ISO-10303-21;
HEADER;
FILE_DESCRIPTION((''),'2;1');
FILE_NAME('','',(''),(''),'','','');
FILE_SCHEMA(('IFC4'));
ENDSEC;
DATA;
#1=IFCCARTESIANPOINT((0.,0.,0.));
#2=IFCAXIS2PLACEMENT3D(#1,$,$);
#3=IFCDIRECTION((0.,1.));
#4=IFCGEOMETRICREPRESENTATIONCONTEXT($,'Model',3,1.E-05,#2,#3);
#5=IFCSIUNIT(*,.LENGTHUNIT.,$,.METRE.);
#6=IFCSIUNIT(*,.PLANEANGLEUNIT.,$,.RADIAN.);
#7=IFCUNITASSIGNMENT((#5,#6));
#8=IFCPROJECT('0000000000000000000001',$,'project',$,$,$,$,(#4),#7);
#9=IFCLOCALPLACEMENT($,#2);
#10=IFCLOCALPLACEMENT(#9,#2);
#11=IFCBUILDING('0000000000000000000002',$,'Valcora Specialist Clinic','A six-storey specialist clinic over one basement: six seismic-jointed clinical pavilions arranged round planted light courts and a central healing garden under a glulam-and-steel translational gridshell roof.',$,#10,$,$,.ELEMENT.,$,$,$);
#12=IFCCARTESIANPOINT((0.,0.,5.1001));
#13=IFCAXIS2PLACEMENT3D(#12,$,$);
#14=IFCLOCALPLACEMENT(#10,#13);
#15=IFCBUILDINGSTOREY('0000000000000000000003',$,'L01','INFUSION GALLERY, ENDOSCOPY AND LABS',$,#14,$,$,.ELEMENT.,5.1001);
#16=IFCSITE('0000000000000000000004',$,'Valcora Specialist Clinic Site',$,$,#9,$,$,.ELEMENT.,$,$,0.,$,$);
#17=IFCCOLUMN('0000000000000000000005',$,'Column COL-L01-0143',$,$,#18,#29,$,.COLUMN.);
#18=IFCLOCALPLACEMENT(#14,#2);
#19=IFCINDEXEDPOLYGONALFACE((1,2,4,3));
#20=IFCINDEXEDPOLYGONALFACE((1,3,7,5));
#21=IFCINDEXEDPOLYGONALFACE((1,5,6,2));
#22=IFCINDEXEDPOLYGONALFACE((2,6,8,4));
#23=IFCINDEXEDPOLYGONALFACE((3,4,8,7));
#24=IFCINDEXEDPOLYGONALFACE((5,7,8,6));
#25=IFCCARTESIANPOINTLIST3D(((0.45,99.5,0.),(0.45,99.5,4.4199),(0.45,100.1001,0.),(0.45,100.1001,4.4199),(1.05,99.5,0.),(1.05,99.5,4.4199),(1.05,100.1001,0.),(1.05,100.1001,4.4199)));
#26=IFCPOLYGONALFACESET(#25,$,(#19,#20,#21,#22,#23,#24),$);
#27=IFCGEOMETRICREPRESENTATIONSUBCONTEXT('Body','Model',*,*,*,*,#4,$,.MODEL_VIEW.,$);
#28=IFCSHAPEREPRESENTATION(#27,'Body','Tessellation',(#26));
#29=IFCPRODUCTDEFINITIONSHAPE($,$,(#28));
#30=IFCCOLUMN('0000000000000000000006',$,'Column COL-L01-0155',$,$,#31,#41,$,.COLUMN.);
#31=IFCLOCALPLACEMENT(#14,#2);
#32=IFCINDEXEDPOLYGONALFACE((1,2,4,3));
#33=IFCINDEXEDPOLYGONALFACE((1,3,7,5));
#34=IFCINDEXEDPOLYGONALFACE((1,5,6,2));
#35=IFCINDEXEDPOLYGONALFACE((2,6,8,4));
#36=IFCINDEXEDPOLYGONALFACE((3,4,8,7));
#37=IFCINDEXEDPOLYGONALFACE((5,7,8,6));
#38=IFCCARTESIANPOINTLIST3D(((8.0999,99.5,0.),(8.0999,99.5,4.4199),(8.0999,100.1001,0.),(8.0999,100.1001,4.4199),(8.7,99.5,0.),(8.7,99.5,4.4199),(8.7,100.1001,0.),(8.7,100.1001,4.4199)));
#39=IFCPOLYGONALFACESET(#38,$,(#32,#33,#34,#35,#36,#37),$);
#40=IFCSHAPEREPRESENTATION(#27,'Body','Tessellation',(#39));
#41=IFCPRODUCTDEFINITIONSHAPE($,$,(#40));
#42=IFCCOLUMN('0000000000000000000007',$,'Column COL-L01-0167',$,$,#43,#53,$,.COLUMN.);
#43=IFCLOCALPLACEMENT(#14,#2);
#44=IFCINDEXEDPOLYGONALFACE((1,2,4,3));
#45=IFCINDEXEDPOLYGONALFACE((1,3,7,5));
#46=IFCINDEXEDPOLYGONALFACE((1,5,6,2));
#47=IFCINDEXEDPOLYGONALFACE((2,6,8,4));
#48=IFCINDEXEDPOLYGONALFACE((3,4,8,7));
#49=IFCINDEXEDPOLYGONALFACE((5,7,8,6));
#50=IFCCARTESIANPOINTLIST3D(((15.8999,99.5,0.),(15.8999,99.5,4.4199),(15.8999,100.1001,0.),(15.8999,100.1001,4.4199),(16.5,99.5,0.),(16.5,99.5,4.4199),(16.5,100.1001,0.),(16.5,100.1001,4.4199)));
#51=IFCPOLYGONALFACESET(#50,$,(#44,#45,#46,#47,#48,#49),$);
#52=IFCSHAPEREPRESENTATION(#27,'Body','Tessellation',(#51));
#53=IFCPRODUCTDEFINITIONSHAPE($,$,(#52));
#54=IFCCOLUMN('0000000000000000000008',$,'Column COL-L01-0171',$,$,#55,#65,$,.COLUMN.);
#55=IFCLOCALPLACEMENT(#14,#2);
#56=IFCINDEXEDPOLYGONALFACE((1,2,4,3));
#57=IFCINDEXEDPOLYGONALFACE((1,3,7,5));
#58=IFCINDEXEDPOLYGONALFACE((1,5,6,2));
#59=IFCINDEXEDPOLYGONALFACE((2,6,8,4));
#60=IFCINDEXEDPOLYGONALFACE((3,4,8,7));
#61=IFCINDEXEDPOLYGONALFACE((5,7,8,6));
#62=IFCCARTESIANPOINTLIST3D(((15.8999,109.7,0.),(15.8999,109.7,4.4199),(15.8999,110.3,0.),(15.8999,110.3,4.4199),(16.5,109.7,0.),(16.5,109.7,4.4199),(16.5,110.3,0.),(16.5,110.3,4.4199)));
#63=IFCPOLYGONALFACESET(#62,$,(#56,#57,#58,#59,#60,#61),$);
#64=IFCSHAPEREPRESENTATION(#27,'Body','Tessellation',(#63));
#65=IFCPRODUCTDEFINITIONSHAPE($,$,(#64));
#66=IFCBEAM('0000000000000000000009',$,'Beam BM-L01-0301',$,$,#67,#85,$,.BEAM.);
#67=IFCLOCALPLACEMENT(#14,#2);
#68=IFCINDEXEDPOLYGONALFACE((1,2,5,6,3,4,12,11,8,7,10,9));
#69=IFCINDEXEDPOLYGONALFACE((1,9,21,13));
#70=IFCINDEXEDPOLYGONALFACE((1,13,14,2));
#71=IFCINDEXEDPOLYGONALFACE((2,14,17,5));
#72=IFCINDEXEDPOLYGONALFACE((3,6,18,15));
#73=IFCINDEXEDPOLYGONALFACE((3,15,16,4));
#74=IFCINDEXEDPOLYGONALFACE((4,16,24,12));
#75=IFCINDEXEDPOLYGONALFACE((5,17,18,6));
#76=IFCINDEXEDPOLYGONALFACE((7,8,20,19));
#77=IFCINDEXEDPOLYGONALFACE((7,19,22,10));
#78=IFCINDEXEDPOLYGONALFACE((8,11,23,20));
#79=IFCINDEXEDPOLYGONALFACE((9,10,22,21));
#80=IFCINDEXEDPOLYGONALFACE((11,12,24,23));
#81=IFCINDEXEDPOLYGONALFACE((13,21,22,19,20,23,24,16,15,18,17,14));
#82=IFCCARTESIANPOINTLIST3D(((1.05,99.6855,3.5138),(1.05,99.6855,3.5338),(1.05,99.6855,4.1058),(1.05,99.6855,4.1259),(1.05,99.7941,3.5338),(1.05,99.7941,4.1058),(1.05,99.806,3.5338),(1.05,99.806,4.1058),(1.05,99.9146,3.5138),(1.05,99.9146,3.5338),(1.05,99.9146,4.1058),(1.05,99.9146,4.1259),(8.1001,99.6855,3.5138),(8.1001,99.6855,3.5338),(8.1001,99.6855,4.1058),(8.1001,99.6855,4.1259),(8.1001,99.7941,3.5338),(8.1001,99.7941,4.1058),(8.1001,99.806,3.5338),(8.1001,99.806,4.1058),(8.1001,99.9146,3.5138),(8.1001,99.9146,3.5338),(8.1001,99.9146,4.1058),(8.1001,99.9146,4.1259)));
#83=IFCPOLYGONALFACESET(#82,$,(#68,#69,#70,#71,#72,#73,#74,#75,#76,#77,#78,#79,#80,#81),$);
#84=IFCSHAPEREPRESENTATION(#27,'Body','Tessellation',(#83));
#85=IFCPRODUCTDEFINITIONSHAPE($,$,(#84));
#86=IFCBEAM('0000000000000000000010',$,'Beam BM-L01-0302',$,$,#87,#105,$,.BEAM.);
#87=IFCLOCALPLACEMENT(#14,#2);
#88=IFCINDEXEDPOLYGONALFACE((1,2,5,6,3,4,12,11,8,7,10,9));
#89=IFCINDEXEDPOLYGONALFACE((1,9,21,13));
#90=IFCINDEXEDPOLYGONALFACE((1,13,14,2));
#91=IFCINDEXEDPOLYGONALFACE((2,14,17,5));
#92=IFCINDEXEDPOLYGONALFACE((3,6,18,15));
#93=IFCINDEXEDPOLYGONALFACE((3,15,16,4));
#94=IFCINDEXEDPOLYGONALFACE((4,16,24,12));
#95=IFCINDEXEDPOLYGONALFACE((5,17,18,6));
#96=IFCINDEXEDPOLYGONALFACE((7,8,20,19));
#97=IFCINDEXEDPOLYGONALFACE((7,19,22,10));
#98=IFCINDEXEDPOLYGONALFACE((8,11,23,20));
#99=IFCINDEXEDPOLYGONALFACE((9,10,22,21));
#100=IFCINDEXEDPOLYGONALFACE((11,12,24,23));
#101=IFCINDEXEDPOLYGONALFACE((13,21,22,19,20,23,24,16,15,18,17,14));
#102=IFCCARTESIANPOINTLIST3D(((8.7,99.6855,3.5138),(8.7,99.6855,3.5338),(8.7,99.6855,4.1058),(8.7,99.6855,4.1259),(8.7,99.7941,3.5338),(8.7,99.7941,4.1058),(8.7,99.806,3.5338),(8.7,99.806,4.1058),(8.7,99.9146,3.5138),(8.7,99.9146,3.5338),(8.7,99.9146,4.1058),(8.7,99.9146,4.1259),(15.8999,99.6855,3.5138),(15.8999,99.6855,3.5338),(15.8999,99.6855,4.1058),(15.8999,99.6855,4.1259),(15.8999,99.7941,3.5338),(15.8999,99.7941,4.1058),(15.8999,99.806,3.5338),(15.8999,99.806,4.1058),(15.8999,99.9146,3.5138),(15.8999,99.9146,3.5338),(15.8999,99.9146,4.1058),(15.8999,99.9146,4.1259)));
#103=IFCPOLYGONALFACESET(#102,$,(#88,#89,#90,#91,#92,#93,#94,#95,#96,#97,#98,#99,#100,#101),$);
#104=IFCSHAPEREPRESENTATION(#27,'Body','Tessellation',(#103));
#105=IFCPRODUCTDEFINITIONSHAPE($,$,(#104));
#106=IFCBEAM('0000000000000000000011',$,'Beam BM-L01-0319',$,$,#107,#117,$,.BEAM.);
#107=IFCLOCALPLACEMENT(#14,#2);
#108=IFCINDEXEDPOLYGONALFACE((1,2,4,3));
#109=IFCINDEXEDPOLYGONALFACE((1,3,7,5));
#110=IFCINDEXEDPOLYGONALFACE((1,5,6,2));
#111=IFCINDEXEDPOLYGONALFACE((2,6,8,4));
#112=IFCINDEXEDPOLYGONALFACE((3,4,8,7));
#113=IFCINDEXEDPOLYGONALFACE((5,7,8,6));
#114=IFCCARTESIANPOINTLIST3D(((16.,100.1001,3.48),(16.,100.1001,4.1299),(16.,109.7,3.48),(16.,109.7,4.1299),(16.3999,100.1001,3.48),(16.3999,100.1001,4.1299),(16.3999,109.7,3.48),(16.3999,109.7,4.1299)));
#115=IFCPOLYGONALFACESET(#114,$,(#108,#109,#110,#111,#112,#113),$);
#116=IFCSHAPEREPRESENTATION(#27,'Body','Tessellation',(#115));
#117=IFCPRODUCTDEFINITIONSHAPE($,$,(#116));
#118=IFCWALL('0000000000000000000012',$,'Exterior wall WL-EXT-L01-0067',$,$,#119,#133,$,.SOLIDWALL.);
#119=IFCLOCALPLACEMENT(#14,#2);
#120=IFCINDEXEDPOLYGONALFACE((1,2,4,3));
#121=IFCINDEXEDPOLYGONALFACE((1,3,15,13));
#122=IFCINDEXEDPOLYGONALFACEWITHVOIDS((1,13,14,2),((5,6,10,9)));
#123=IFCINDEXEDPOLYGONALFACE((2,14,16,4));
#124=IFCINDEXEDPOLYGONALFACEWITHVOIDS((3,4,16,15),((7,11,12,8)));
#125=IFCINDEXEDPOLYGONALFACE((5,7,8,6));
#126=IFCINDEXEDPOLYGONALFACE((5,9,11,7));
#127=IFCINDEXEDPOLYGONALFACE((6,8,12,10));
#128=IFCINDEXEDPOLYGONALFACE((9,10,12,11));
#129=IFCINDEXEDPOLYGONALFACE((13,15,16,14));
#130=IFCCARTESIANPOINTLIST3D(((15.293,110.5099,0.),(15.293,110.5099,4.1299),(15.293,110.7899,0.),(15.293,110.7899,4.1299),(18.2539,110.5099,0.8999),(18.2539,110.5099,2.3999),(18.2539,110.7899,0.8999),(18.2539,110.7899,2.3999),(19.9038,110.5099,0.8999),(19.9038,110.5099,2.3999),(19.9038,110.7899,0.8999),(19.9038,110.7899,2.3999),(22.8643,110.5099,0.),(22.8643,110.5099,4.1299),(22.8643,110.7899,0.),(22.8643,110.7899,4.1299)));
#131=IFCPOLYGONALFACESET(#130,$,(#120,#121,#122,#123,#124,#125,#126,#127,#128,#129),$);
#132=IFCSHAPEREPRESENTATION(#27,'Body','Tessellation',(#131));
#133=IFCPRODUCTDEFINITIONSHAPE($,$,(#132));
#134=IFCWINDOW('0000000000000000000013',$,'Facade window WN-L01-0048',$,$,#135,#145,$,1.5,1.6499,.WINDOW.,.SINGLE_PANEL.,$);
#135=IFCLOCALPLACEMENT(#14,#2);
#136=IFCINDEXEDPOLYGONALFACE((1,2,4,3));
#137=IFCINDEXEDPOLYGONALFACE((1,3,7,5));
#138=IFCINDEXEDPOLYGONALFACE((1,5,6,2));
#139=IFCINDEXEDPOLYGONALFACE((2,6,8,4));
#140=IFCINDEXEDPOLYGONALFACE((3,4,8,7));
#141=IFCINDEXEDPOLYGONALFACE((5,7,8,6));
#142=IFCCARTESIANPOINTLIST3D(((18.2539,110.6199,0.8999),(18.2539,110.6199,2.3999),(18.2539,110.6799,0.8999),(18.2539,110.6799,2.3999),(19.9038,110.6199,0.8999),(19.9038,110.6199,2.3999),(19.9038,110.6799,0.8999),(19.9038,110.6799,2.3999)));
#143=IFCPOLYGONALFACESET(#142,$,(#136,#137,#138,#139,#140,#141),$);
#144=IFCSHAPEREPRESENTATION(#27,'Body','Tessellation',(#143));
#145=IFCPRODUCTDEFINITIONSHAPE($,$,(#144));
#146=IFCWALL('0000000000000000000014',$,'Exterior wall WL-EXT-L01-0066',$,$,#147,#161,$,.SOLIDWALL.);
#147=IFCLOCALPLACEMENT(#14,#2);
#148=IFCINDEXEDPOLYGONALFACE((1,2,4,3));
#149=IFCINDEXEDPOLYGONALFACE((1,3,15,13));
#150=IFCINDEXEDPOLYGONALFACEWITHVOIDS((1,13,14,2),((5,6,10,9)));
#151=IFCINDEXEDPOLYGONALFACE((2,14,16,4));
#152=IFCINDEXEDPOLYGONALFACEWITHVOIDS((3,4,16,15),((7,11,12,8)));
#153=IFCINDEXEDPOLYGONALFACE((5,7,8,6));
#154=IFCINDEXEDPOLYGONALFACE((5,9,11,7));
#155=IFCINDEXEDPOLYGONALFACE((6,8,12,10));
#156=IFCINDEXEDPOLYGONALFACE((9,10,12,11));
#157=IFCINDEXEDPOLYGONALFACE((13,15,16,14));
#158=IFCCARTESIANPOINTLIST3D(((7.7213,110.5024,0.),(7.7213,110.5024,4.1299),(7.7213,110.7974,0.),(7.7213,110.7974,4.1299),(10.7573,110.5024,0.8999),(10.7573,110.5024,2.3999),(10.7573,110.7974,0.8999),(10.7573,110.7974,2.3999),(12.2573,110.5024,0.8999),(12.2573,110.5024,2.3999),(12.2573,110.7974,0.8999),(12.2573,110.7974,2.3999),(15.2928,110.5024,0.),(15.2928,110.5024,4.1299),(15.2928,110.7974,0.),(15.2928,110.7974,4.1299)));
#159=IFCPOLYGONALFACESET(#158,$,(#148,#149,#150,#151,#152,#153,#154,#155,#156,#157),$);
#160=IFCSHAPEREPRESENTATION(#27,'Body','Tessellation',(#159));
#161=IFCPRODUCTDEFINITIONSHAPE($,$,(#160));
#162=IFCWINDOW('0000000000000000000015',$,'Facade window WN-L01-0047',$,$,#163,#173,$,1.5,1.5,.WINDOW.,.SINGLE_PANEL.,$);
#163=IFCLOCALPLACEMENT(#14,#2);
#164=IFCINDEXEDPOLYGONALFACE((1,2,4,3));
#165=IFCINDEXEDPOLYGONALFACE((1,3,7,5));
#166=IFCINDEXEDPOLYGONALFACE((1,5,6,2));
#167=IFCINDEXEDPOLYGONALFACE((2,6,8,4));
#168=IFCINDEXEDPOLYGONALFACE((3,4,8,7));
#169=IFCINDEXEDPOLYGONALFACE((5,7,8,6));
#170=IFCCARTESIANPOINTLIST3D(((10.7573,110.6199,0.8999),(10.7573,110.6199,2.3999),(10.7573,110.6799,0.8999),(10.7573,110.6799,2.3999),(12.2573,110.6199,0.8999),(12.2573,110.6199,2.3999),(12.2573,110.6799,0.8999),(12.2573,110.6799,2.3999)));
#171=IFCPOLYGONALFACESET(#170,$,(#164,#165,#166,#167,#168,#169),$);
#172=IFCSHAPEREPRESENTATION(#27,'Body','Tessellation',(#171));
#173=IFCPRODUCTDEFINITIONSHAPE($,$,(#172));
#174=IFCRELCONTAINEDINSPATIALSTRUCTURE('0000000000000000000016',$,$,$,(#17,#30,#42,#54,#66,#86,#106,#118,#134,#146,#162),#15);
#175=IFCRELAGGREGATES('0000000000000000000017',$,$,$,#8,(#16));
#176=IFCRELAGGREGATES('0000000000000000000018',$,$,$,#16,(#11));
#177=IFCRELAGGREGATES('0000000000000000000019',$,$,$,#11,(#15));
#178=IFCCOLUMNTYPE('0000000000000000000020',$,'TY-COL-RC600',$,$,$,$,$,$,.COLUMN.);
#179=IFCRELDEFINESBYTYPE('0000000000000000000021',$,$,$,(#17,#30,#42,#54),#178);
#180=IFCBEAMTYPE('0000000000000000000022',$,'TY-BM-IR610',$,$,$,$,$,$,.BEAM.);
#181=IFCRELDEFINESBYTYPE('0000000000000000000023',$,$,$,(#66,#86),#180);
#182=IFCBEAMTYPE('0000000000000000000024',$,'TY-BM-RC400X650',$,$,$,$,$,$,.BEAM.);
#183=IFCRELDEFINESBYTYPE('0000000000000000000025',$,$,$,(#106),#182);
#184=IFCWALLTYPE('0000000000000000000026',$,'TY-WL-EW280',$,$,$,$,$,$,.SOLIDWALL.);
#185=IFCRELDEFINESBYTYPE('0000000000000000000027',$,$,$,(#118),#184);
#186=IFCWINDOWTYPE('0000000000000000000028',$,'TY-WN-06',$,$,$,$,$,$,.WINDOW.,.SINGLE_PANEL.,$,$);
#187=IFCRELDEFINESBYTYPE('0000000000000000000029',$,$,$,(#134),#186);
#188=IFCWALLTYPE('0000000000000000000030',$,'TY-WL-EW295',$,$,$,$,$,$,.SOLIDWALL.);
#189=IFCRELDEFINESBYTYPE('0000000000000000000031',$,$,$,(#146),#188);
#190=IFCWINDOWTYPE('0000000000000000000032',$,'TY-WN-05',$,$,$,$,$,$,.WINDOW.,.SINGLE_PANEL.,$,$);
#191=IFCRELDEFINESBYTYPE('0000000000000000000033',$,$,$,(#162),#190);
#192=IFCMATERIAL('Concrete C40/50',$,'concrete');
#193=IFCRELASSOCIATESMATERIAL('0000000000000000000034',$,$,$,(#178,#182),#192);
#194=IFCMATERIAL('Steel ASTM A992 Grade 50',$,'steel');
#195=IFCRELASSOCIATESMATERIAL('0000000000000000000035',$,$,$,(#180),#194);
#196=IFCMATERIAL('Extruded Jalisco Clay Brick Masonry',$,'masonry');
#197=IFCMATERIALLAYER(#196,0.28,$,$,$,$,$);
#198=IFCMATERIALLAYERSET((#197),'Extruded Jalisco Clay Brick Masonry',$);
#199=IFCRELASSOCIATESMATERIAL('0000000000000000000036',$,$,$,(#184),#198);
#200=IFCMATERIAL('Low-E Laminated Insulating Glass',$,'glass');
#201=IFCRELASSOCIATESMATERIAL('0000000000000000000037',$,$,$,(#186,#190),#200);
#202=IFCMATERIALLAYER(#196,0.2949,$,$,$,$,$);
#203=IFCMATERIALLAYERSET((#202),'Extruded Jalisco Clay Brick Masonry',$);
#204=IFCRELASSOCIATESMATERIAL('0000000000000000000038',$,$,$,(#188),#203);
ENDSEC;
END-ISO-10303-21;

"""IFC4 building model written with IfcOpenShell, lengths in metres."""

from ifc_helpers import new_model, si_unit, direction, frame, frame_2d, origin, origin_2d, place, context, subcontext, project, spatial, rectangle, i_section, extrude, material, layer, layer_set, material_profile, profile_set, type_object, element, fill, save


model = new_model("IFC4")

# Units and contexts
model_context = context("Model", 3, precision=1e-05, world=origin(), true_north=direction((0.0, 1.0)))
body_context = subcontext(model_context, "Body", "Model", "MODEL_VIEW")
ifc_project = project(units=[si_unit("LENGTHUNIT", "METRE"), si_unit("PLANEANGLEUNIT", "RADIAN")], contexts=[model_context])

# Site, building, storey
site_placement = place(None, origin())
site = spatial("IfcSite", under=ifc_project, at=site_placement, Name="Valcora Specialist Clinic Site", CompositionType="ELEMENT", RefElevation=0.0)
building_placement = place(site_placement, origin())
building = spatial("IfcBuilding", under=site, at=building_placement, Name="Valcora Specialist Clinic", Description="A six-storey specialist clinic over one basement: six seismic-jointed clinical pavilions arranged round planted light courts and a central healing garden under a glulam-and-steel translational gridshell roof.", CompositionType="ELEMENT")
storey_placement = place(building_placement, frame((0.0, 0.0, 5.1001)))
storey = spatial("IfcBuildingStorey", under=building, at=storey_placement, Name="L01", Description="INFUSION GALLERY, ENDOSCOPY AND LABS", CompositionType="ELEMENT", Elevation=5.1001)

# Columns
ifc_material_1 = material(Name="Concrete C40/50", Category="concrete")
ifc_material_profile_1 = material_profile(ifc_material_1, rectangle(XDim=0.6001, YDim=0.6001, at=origin_2d()), Name="RC-COL-600X600")
ifc_profile_set_1 = profile_set([ifc_material_profile_1], Name="Concrete C40/50")
column_type = type_object("IfcColumnType", Name="TY-COL-RC600", PredefinedType="COLUMN", material=ifc_profile_set_1)
for number, where, z_axis, x_axis, name in (
    (1, (0.75, 99.8, 0.0), (0.0, 0.0, 1.0), (1.0, 0.0, 0.0), "Column COL-L01-0143"),
    (2, (8.3999, 99.8, 0.0), (0.0, 0.0, 1.0), (1.0, 0.0, 0.0), "Column COL-L01-0155"),
    (3, (16.2, 99.8, 0.0), (0.0, 0.0, 1.0), (1.0, 0.0, 0.0), "Column COL-L01-0167"),
    (4, (16.2, 110.0, 0.0), (0.0, 0.0, 1.0), (1.0, 0.0, 0.0), "Column COL-L01-0171"),
):
    element("IfcColumn", number, at=place(storey_placement, frame(where, z_axis=z_axis, x_axis=x_axis)), inside=storey, type_object=column_type, Name=name, PredefinedType="COLUMN", context=body_context, shape_type="SweptSolid", body=[
        extrude(rectangle(XDim=0.6001, YDim=0.6001, at=origin_2d()), origin(), (0.0, 0.0, 1.0), 4.4199),
    ])

# Beams
ifc_material_2 = material(Name="Steel ASTM A992 Grade 50", Category="steel")
ifc_material_profile_2 = material_profile(ifc_material_2, i_section(OverallWidth=0.229, OverallDepth=0.6121, WebThickness=0.012, FlangeThickness=0.02, at=origin_2d()), Name="ST-IR-610X229")
ifc_profile_set_2 = profile_set([ifc_material_profile_2], Name="Steel ASTM A992 Grade 50")
beam_type_1 = type_object("IfcBeamType", Name="TY-BM-IR610", PredefinedType="BEAM", material=ifc_profile_set_2)
beam_1_placement = place(storey_placement, frame((1.05, 99.8, 3.8198), z_axis=(1.0, 0.0, 0.0), x_axis=(0.0, 1.0, 0.0)))
element("IfcBeam", 5, at=beam_1_placement, inside=storey, type_object=beam_type_1, Name="Beam BM-L01-0301", PredefinedType="BEAM", context=body_context, shape_type="SweptSolid", body=[
    extrude(i_section(OverallWidth=0.229, OverallDepth=0.6121, WebThickness=0.012, FlangeThickness=0.02, at=origin_2d()), origin(), (0.0, 0.0, 1.0), 7.05),
])
beam_2_placement = place(storey_placement, frame((8.7, 99.8, 3.8198), z_axis=(1.0, 0.0, 0.0), x_axis=(0.0, 1.0, 0.0)))
element("IfcBeam", 6, at=beam_2_placement, inside=storey, type_object=beam_type_1, Name="Beam BM-L01-0302", PredefinedType="BEAM", context=body_context, shape_type="SweptSolid", body=[
    extrude(i_section(OverallWidth=0.229, OverallDepth=0.6121, WebThickness=0.012, FlangeThickness=0.02, at=origin_2d()), origin(), (0.0, 0.0, 1.0), 7.2),
])
ifc_material_profile_3 = material_profile(ifc_material_1, rectangle(XDim=0.3999, YDim=0.6499, at=origin_2d()), Name="RC-BM-400X650")
ifc_profile_set_3 = profile_set([ifc_material_profile_3], Name="Concrete C40/50")
beam_type_2 = type_object("IfcBeamType", Name="TY-BM-RC400X650", PredefinedType="BEAM", material=ifc_profile_set_3)
beam_3_placement = place(storey_placement, frame((16.2, 100.1001, 3.8049), z_axis=(0.0, 1.0, 0.0), x_axis=(-1.0, 0.0, 0.0)))
element("IfcBeam", 7, at=beam_3_placement, inside=storey, type_object=beam_type_2, Name="Beam BM-L01-0319", PredefinedType="BEAM", context=body_context, shape_type="SweptSolid", body=[
    extrude(rectangle(XDim=0.3999, YDim=0.6499, at=origin_2d()), origin(), (0.0, 0.0, 1.0), 9.5999),
])

# Walls, openings, windows
ifc_material_3 = material(Name="Extruded Jalisco Clay Brick Masonry", Category="masonry")
ifc_layer_1 = layer(ifc_material_3, 0.28)
ifc_layer_set_1 = layer_set([ifc_layer_1], Name="Extruded Jalisco Clay Brick Masonry")
wall_type_1 = type_object("IfcWallType", Name="TY-WL-EW280", PredefinedType="SOLIDWALL", material=ifc_layer_set_1)
wall_1_placement = place(storey_placement, frame((15.293, 110.6499, 0.0), z_axis=(0.0, 0.0, 1.0), x_axis=(1.0, 0.0, 0.0)))
wall_1 = element("IfcWall", 8, at=wall_1_placement, inside=storey, type_object=wall_type_1, Name="Exterior wall WL-EXT-L01-0067", PredefinedType="SOLIDWALL", context=body_context, shape_type="SweptSolid", body=[
    extrude(rectangle(XDim=7.5713, YDim=0.28, at=frame_2d((3.7856, 0.0))), origin(), (0.0, 0.0, 1.0), 4.1299),
])
opening_1_placement = place(wall_1_placement, frame((2.9609, 0.0, 0.8999)))
opening_1 = element("IfcOpeningElement", 9, at=opening_1_placement, cuts=wall_1, PredefinedType="OPENING", context=body_context, shape_type="SweptSolid", body=[
    extrude(rectangle(XDim=1.6499, YDim=1.5, at=frame_2d((0.825, 0.75))), frame((0.0, 0.1499, 0.0), z_axis=(0.0, -1.0, 0.0), x_axis=(1.0, 0.0, 0.0)), (0.0, 0.0, 1.0), 0.3),
])
ifc_material_4 = material(Name="Low-E Laminated Insulating Glass", Category="glass")
window_type_1 = type_object("IfcWindowType", Name="TY-WN-06", PartitioningType="SINGLE_PANEL", PredefinedType="WINDOW", material=ifc_material_4)
window_1_placement = place(opening_1_placement, origin())
window_1 = element("IfcWindow", 10, at=window_1_placement, inside=storey, type_object=window_type_1, Name="Facade window WN-L01-0048", OverallHeight=1.5, OverallWidth=1.6499, PartitioningType="SINGLE_PANEL", PredefinedType="WINDOW", context=body_context, shape_type="SweptSolid", body=[
    extrude(rectangle(XDim=1.6499, YDim=1.5, at=frame_2d((0.825, 0.75))), frame((0.0, 0.03, 0.0), z_axis=(0.0, -1.0, 0.0), x_axis=(1.0, 0.0, 0.0)), (0.0, 0.0, 1.0), 0.0601),
])
fill(opening_1, window_1)
ifc_layer_2 = layer(ifc_material_3, 0.2949)
ifc_layer_set_2 = layer_set([ifc_layer_2], Name="Extruded Jalisco Clay Brick Masonry")
wall_type_2 = type_object("IfcWallType", Name="TY-WL-EW295", PredefinedType="SOLIDWALL", material=ifc_layer_set_2)
wall_2_placement = place(storey_placement, frame((7.7214, 110.6499, 0.0), z_axis=(0.0, 0.0, 1.0), x_axis=(1.0, 0.0, 0.0)))
wall_2 = element("IfcWall", 11, at=wall_2_placement, inside=storey, type_object=wall_type_2, Name="Exterior wall WL-EXT-L01-0066", PredefinedType="SOLIDWALL", context=body_context, shape_type="SweptSolid", body=[
    extrude(rectangle(XDim=7.5715, YDim=0.2949, at=frame_2d((3.7856, 0.0))), origin(), (0.0, 0.0, 1.0), 4.1299),
])
opening_2_placement = place(wall_2_placement, frame((3.0359, 0.0, 0.8999)))
opening_2 = element("IfcOpeningElement", 12, at=opening_2_placement, cuts=wall_2, PredefinedType="OPENING", context=body_context, shape_type="SweptSolid", body=[
    extrude(rectangle(XDim=1.5, YDim=1.5, at=frame_2d((0.75, 0.75))), frame((0.0, 0.1575, 0.0), z_axis=(0.0, -1.0, 0.0), x_axis=(1.0, 0.0, 0.0)), (0.0, 0.0, 1.0), 0.3149),
])
window_type_2 = type_object("IfcWindowType", Name="TY-WN-05", PartitioningType="SINGLE_PANEL", PredefinedType="WINDOW", material=ifc_material_4)
window_2_placement = place(opening_2_placement, origin())
window_2 = element("IfcWindow", 13, at=window_2_placement, inside=storey, type_object=window_type_2, Name="Facade window WN-L01-0047", OverallHeight=1.5, OverallWidth=1.5, PartitioningType="SINGLE_PANEL", PredefinedType="WINDOW", context=body_context, shape_type="SweptSolid", body=[
    extrude(rectangle(XDim=1.5, YDim=1.5, at=frame_2d((0.75, 0.75))), frame((0.0, 0.03, 0.0), z_axis=(0.0, -1.0, 0.0), x_axis=(1.0, 0.0, 0.0)), (0.0, 0.0, 1.0), 0.0601),
])
fill(opening_2, window_2)

save(model, "model.ifc")
